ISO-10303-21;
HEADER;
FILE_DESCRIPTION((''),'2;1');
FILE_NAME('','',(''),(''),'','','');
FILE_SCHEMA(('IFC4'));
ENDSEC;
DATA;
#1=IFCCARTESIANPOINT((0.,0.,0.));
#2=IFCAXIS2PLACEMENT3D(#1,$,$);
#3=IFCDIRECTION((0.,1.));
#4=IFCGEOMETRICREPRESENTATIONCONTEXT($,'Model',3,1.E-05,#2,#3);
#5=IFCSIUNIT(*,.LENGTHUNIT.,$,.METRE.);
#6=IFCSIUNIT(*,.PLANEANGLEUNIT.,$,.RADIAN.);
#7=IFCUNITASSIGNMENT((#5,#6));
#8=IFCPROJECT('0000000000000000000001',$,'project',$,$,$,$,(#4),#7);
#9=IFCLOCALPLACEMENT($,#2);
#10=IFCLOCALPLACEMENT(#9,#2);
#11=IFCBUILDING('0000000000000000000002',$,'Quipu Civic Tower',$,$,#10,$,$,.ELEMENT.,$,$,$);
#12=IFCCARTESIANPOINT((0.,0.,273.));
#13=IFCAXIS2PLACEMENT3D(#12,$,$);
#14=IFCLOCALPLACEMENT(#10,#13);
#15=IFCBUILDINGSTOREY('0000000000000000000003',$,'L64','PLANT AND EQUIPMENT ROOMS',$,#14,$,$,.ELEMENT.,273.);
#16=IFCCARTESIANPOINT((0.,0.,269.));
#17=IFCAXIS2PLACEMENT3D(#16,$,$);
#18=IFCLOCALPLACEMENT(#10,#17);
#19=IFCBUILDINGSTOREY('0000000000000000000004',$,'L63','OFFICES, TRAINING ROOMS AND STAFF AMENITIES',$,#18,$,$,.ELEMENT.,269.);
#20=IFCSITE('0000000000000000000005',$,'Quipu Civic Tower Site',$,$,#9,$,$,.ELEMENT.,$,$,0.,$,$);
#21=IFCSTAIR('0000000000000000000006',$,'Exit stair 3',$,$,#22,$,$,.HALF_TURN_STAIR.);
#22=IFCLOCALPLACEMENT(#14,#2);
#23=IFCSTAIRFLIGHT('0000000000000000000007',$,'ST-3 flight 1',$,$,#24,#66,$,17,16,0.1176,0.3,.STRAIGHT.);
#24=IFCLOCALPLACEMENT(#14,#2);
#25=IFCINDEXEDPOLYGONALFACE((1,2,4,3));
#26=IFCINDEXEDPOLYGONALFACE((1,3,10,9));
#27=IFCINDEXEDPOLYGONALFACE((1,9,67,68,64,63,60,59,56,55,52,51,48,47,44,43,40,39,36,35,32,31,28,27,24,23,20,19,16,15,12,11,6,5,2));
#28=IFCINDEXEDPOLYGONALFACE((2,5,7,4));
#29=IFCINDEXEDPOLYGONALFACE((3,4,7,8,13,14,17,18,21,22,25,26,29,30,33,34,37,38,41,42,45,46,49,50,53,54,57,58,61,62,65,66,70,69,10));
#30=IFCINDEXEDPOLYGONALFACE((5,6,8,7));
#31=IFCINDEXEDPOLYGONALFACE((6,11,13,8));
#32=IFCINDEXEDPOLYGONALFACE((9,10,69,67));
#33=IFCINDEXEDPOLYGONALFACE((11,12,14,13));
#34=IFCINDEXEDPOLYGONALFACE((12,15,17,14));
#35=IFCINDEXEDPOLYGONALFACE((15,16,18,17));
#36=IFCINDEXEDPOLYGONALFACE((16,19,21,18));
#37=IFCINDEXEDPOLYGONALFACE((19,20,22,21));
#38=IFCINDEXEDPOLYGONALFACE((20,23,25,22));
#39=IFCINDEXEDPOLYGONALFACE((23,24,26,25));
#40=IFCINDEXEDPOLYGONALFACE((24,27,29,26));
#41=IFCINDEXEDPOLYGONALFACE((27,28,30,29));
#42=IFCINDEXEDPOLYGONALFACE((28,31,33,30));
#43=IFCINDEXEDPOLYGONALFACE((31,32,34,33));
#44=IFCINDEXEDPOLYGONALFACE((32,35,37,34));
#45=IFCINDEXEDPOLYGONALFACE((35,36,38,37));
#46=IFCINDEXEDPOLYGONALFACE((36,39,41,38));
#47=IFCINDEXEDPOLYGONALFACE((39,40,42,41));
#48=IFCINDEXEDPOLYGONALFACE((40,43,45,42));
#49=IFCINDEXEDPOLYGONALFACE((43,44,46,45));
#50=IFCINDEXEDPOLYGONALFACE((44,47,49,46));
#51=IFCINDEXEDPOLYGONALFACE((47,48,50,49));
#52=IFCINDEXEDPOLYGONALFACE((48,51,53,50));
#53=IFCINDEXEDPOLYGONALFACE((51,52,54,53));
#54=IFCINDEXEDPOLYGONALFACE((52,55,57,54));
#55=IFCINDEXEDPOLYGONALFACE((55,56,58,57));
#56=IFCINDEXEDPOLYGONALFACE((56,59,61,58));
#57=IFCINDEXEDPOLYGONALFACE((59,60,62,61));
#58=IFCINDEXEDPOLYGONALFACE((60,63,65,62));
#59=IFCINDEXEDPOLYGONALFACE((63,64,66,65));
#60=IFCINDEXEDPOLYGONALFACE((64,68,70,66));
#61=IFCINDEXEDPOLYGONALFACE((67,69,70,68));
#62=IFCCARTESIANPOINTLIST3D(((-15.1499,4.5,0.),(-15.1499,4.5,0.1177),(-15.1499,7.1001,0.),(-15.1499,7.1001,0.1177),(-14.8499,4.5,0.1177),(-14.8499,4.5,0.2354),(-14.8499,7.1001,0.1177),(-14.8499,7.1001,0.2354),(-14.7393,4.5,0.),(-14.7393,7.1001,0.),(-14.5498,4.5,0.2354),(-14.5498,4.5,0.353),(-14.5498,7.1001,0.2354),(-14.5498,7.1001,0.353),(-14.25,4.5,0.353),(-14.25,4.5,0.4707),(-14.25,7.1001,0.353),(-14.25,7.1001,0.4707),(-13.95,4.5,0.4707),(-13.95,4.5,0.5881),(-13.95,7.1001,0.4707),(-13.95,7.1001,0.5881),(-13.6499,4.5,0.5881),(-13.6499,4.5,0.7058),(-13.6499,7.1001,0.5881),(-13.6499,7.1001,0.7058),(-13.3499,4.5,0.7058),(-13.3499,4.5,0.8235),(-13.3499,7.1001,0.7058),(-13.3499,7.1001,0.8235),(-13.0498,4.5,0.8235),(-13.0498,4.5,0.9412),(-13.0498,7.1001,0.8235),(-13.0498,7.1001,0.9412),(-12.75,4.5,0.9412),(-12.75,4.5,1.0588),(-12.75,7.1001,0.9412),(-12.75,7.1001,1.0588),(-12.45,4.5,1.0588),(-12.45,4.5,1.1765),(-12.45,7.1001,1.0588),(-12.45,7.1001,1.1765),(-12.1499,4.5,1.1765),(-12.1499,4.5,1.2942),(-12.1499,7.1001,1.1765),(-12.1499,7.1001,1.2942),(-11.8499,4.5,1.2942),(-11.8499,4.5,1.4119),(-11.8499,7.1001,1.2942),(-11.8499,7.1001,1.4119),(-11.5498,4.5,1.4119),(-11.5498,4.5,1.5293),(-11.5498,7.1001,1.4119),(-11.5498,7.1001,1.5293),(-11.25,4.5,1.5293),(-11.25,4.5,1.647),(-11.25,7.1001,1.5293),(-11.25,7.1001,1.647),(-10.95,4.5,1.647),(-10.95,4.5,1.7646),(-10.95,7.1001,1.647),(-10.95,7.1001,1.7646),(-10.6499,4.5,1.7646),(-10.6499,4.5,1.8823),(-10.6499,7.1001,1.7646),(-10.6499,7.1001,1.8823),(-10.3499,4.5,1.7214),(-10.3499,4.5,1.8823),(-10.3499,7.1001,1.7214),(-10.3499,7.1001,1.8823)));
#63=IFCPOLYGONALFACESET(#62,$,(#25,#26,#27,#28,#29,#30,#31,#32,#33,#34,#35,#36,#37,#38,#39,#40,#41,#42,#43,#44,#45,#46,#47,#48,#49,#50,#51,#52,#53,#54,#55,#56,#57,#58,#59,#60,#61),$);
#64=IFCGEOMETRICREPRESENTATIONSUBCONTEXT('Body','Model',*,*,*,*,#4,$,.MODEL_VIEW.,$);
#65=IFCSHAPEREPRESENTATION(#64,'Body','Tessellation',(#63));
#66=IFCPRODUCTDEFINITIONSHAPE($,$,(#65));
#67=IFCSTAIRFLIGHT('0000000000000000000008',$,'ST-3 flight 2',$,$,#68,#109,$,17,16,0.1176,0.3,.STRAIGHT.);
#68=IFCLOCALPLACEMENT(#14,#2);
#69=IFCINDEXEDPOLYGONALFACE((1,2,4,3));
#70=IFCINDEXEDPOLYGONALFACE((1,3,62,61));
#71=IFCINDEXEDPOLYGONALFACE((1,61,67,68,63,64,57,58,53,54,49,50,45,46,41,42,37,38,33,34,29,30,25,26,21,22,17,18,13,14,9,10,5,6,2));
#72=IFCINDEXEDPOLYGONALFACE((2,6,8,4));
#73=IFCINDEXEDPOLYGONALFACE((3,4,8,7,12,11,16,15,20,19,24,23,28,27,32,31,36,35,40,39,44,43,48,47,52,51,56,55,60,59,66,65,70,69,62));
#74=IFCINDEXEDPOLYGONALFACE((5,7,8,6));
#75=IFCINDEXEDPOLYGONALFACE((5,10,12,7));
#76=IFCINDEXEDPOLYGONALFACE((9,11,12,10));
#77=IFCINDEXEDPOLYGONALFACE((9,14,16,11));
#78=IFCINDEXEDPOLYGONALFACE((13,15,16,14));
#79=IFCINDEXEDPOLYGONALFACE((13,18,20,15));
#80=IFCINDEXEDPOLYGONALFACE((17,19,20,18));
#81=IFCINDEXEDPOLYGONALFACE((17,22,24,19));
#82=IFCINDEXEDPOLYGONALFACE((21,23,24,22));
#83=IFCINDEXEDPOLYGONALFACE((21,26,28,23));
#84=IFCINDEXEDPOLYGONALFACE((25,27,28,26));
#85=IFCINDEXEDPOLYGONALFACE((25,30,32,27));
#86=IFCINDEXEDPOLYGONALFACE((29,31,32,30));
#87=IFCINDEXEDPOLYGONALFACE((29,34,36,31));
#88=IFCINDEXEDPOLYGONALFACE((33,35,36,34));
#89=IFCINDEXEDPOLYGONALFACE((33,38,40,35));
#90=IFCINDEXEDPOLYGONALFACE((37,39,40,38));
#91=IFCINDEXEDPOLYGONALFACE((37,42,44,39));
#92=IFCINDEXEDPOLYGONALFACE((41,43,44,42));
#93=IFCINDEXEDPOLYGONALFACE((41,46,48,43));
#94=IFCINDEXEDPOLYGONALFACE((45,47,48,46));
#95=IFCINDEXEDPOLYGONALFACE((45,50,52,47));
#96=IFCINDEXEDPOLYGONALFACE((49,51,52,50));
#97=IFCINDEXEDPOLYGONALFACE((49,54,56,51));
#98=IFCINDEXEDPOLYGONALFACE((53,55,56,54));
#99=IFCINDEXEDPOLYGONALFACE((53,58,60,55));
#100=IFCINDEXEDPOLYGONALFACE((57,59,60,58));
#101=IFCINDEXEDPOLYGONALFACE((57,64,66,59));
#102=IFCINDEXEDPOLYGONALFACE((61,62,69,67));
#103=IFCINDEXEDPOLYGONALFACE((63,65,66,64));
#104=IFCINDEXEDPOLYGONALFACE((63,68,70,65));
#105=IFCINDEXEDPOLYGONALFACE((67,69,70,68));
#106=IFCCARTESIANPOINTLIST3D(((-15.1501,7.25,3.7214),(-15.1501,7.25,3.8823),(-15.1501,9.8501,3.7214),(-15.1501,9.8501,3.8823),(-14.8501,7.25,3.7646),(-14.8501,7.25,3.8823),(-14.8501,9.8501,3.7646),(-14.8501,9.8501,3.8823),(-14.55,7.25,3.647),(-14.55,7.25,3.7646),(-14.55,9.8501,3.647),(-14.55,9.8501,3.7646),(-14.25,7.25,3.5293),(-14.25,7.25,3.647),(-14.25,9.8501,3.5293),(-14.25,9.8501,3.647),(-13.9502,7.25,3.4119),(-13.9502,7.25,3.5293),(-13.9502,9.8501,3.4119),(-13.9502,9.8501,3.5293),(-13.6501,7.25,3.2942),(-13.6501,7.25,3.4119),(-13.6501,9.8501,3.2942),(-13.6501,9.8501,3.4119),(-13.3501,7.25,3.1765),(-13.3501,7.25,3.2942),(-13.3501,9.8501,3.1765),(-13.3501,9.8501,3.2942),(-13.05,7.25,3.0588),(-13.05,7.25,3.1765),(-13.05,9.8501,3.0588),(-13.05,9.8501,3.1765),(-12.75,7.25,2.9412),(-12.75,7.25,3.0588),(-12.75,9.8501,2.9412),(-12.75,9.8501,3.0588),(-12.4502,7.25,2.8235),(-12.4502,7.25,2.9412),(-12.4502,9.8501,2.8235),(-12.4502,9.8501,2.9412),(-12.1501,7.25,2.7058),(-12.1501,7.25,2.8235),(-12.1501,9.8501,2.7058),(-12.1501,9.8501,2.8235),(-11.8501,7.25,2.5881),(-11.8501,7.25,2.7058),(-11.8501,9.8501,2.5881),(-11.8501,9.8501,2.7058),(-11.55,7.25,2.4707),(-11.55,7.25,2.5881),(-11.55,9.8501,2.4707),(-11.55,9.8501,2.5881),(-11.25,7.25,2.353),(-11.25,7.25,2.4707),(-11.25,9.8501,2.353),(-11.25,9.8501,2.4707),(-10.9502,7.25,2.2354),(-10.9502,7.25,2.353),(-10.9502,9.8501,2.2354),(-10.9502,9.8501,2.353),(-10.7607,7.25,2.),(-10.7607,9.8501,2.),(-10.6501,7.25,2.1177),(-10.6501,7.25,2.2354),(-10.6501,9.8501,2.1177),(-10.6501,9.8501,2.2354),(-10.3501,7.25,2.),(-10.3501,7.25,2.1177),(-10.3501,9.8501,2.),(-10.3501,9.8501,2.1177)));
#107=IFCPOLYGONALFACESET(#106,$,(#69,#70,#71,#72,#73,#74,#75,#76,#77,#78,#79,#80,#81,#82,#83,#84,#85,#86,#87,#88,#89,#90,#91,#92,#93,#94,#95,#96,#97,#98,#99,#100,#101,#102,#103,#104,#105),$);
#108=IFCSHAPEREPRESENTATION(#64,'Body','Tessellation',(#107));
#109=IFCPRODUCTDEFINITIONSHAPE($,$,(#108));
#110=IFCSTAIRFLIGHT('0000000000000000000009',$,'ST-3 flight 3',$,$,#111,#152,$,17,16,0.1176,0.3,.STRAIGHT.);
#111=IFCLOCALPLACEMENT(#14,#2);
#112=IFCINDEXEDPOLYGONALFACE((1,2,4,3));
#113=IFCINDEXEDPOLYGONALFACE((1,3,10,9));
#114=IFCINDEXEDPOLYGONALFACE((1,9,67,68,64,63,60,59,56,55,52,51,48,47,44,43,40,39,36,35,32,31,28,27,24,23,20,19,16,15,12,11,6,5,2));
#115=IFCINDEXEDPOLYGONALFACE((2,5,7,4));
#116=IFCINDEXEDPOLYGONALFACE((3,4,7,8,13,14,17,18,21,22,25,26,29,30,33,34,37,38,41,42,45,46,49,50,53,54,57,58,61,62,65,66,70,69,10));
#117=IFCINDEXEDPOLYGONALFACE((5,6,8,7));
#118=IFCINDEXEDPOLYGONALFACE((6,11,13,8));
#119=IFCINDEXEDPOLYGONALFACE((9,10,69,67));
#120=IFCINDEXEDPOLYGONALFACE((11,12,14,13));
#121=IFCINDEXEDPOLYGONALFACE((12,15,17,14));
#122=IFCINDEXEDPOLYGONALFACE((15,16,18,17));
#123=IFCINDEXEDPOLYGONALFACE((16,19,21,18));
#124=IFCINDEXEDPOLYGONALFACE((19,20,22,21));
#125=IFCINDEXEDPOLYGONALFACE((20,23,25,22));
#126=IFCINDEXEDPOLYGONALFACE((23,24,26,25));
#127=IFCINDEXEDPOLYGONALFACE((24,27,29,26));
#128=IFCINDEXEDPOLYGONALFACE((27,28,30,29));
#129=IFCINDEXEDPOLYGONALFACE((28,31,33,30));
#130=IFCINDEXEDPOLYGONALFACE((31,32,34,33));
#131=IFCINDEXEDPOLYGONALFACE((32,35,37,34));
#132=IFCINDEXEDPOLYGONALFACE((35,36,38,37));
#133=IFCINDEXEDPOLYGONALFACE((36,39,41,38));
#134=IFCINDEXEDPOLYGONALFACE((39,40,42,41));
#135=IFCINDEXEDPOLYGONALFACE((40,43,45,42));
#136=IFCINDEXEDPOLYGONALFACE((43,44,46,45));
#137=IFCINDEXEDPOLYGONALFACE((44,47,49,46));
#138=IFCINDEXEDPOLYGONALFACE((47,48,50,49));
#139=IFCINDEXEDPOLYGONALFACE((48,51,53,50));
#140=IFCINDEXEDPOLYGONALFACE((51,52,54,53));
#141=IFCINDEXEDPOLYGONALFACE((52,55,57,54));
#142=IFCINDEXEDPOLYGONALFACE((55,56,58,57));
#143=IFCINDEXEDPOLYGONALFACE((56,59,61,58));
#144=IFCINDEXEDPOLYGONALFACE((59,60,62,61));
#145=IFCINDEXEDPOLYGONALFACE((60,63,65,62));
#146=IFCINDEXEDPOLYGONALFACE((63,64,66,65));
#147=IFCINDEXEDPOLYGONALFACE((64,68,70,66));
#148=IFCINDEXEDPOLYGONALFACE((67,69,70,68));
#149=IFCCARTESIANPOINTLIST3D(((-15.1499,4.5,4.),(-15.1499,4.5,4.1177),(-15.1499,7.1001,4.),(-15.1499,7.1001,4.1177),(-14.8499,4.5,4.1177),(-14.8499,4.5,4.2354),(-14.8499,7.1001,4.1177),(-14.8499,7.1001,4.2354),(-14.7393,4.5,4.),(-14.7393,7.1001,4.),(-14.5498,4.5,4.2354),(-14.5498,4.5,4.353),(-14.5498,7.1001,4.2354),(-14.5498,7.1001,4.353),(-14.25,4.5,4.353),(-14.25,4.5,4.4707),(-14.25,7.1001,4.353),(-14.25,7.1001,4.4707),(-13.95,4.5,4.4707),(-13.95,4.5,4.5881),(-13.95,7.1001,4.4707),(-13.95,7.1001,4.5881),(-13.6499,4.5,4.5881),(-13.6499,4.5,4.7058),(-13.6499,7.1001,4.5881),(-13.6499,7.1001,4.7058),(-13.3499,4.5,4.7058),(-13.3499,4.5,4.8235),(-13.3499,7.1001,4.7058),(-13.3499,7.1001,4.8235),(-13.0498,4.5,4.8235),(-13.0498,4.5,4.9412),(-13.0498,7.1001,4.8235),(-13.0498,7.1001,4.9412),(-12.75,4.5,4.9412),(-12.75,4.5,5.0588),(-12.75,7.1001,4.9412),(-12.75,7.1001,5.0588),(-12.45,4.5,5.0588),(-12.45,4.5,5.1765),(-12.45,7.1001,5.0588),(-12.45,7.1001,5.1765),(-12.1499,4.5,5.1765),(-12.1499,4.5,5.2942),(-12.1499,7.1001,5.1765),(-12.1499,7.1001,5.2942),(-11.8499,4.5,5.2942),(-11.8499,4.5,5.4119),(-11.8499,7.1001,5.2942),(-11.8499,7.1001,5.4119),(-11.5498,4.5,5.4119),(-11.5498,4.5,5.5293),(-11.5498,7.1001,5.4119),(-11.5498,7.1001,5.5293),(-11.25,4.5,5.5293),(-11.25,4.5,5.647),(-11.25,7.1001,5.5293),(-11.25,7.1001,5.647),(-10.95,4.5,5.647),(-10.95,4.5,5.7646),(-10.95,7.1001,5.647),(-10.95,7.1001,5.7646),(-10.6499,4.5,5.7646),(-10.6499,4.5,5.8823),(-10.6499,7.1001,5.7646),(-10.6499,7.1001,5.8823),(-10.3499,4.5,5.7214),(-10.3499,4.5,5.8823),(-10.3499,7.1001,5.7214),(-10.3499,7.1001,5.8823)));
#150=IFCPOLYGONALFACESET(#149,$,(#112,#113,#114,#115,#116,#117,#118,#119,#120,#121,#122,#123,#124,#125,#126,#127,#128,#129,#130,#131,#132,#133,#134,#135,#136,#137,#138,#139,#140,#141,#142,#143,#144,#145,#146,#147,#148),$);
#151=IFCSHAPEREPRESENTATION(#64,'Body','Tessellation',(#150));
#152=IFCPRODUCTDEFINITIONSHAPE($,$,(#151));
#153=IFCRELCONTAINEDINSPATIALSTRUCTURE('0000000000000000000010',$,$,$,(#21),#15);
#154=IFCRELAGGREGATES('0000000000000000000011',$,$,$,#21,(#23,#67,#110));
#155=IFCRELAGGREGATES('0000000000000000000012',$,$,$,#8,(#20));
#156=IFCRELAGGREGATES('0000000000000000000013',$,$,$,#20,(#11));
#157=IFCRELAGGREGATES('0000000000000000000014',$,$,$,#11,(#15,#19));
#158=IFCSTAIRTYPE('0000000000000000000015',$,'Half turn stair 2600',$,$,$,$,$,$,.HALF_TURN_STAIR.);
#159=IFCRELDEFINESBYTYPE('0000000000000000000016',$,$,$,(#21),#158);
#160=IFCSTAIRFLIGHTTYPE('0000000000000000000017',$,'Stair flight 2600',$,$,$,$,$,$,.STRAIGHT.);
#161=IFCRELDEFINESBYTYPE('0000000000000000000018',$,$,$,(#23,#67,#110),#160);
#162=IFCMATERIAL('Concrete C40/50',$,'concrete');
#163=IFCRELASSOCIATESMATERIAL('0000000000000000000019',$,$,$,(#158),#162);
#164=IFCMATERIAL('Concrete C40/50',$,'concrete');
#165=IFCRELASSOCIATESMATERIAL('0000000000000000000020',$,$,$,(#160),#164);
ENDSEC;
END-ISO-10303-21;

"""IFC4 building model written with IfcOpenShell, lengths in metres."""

from ifc_helpers import new_model, si_unit, direction, frame, origin, place, context, subcontext, project, spatial, polyline, outline, extrude, material, type_object, element, aggregate, save


model = new_model("IFC4")

# Units and contexts
model_context = context("Model", 3, precision=1e-05, world=origin(), true_north=direction((0.0, 1.0)))
body_context = subcontext(model_context, "Body", "Model", "MODEL_VIEW")
ifc_project = project(units=[si_unit("LENGTHUNIT", "METRE"), si_unit("PLANEANGLEUNIT", "RADIAN")], contexts=[model_context])

# Site, building, storey
site_placement = place(None, origin())
site = spatial("IfcSite", under=ifc_project, at=site_placement, Name="Quipu Civic Tower Site", CompositionType="ELEMENT", RefElevation=0.0)
building_placement = place(site_placement, origin())
building = spatial("IfcBuilding", under=site, at=building_placement, Name="Quipu Civic Tower", CompositionType="ELEMENT")
storey_1_placement = place(building_placement, frame((0.0, 0.0, 273.0)))
storey_1 = spatial("IfcBuildingStorey", under=building, at=storey_1_placement, Name="L64", Description="PLANT AND EQUIPMENT ROOMS", CompositionType="ELEMENT", Elevation=273.0)

# Shared definitions
storey_2_placement = place(building_placement, frame((0.0, 0.0, 269.0)))
storey_2 = spatial("IfcBuildingStorey", under=building, at=storey_2_placement, Name="L63", Description="OFFICES, TRAINING ROOMS AND STAFF AMENITIES", CompositionType="ELEMENT", Elevation=269.0)

# Stair, stair flights
ifc_material_1 = material(Name="Concrete C40/50", Category="concrete")
stair_type = type_object("IfcStairType", Name="Half turn stair 2600", PredefinedType="HALF_TURN_STAIR", material=ifc_material_1)
stair_placement = place(storey_1_placement, origin())
stair = element("IfcStair", 1, at=stair_placement, inside=storey_1, type_object=stair_type, Name="Exit stair 3", PredefinedType="HALF_TURN_STAIR")
ifc_material_2 = material(Name="Concrete C40/50", Category="concrete")
stair_flight_type = type_object("IfcStairFlightType", Name="Stair flight 2600", PredefinedType="STRAIGHT", material=ifc_material_2)
stair_flight_1_placement = place(storey_1_placement, frame((-15.1499, 5.8, 0.0), z_axis=(0.0, 0.0, 1.0), x_axis=(1.0, 0.0, 0.0)))
stair_flight_1 = element("IfcStairFlight", 2, at=stair_flight_1_placement, type_object=stair_flight_type, Name="ST-3 flight 1", NumberOfRisers=17, NumberOfTreads=16, PredefinedType="STRAIGHT", RiserHeight=0.1176, TreadLength=0.3, context=body_context, shape_type="SweptSolid", body=[
    extrude(outline(polyline([(0.0, 0.0), (0.0, 0.1177), (0.3, 0.1177), (0.3, 0.2354), (0.6001, 0.2354), (0.6001, 0.353), (0.8999, 0.353), (0.8999, 0.4707), (1.2, 0.4707), (1.2, 0.5881), (1.5, 0.5881), (1.5, 0.7058), (1.8, 0.7058), (1.8, 0.8235), (2.1001, 0.8235), (2.1001, 0.9412), (2.3999, 0.9412), (2.3999, 1.0588), (2.7, 1.0588), (2.7, 1.1765), (3.0, 1.1765), (3.0, 1.2942), (3.3, 1.2942), (3.3, 1.4119), (3.6001, 1.4119), (3.6001, 1.5293), (3.8999, 1.5293), (3.8999, 1.647), (4.2, 1.647), (4.2, 1.7646), (4.5, 1.7646), (4.5, 1.8823), (4.8, 1.8823), (4.8, 2.0), (4.8, 1.7214), (0.4106, 0.0), (0.0, 0.0)])), frame((0.0, 1.3, 0.0), z_axis=(0.0, -1.0, 0.0), x_axis=(1.0, 0.0, 0.0)), (0.0, 0.0, 1.0), 2.6001),
])
stair_flight_2_placement = place(storey_1_placement, frame((-10.3501, 8.55, 2.0), z_axis=(0.0, 0.0, 1.0), x_axis=(-1.0, 0.0, 0.0)))
stair_flight_2 = element("IfcStairFlight", 3, at=stair_flight_2_placement, type_object=stair_flight_type, Name="ST-3 flight 2", NumberOfRisers=17, NumberOfTreads=16, PredefinedType="STRAIGHT", RiserHeight=0.1176, TreadLength=0.3, context=body_context, shape_type="SweptSolid", body=[
    extrude(outline(polyline([(0.0, 0.0), (0.0, 0.1177), (0.3, 0.1177), (0.3, 0.2354), (0.6001, 0.2354), (0.6001, 0.353), (0.8999, 0.353), (0.8999, 0.4707), (1.2, 0.4707), (1.2, 0.5881), (1.5, 0.5881), (1.5, 0.7058), (1.8, 0.7058), (1.8, 0.8235), (2.1001, 0.8235), (2.1001, 0.9412), (2.3999, 0.9412), (2.3999, 1.0588), (2.7, 1.0588), (2.7, 1.1765), (3.0, 1.1765), (3.0, 1.2942), (3.3, 1.2942), (3.3, 1.4119), (3.6001, 1.4119), (3.6001, 1.5293), (3.8999, 1.5293), (3.8999, 1.647), (4.2, 1.647), (4.2, 1.7646), (4.5, 1.7646), (4.5, 1.8823), (4.8, 1.8823), (4.8, 2.0), (4.8, 1.7214), (0.4106, 0.0), (0.0, 0.0)])), frame((0.0, 1.3, 0.0), z_axis=(0.0, -1.0, 0.0), x_axis=(1.0, 0.0, 0.0)), (0.0, 0.0, 1.0), 2.6001),
])
stair_flight_3_placement = place(storey_1_placement, frame((-15.1499, 5.8, 4.0), z_axis=(0.0, 0.0, 1.0), x_axis=(1.0, 0.0, 0.0)))
stair_flight_3 = element("IfcStairFlight", 4, at=stair_flight_3_placement, type_object=stair_flight_type, Name="ST-3 flight 3", NumberOfRisers=17, NumberOfTreads=16, PredefinedType="STRAIGHT", RiserHeight=0.1176, TreadLength=0.3, context=body_context, shape_type="SweptSolid", body=[
    extrude(outline(polyline([(0.0, 0.0), (0.0, 0.1177), (0.3, 0.1177), (0.3, 0.2354), (0.6001, 0.2354), (0.6001, 0.353), (0.8999, 0.353), (0.8999, 0.4707), (1.2, 0.4707), (1.2, 0.5881), (1.5, 0.5881), (1.5, 0.7058), (1.8, 0.7058), (1.8, 0.8235), (2.1001, 0.8235), (2.1001, 0.9412), (2.3999, 0.9412), (2.3999, 1.0588), (2.7, 1.0588), (2.7, 1.1765), (3.0, 1.1765), (3.0, 1.2942), (3.3, 1.2942), (3.3, 1.4119), (3.6001, 1.4119), (3.6001, 1.5293), (3.8999, 1.5293), (3.8999, 1.647), (4.2, 1.647), (4.2, 1.7646), (4.5, 1.7646), (4.5, 1.8823), (4.8, 1.8823), (4.8, 2.0), (4.8, 1.7214), (0.4106, 0.0), (0.0, 0.0)])), frame((0.0, 1.3, 0.0), z_axis=(0.0, -1.0, 0.0), x_axis=(1.0, 0.0, 0.0)), (0.0, 0.0, 1.0), 2.6001),
])
aggregate(stair, [stair_flight_1, stair_flight_2, stair_flight_3])

save(model, "model.ifc")
